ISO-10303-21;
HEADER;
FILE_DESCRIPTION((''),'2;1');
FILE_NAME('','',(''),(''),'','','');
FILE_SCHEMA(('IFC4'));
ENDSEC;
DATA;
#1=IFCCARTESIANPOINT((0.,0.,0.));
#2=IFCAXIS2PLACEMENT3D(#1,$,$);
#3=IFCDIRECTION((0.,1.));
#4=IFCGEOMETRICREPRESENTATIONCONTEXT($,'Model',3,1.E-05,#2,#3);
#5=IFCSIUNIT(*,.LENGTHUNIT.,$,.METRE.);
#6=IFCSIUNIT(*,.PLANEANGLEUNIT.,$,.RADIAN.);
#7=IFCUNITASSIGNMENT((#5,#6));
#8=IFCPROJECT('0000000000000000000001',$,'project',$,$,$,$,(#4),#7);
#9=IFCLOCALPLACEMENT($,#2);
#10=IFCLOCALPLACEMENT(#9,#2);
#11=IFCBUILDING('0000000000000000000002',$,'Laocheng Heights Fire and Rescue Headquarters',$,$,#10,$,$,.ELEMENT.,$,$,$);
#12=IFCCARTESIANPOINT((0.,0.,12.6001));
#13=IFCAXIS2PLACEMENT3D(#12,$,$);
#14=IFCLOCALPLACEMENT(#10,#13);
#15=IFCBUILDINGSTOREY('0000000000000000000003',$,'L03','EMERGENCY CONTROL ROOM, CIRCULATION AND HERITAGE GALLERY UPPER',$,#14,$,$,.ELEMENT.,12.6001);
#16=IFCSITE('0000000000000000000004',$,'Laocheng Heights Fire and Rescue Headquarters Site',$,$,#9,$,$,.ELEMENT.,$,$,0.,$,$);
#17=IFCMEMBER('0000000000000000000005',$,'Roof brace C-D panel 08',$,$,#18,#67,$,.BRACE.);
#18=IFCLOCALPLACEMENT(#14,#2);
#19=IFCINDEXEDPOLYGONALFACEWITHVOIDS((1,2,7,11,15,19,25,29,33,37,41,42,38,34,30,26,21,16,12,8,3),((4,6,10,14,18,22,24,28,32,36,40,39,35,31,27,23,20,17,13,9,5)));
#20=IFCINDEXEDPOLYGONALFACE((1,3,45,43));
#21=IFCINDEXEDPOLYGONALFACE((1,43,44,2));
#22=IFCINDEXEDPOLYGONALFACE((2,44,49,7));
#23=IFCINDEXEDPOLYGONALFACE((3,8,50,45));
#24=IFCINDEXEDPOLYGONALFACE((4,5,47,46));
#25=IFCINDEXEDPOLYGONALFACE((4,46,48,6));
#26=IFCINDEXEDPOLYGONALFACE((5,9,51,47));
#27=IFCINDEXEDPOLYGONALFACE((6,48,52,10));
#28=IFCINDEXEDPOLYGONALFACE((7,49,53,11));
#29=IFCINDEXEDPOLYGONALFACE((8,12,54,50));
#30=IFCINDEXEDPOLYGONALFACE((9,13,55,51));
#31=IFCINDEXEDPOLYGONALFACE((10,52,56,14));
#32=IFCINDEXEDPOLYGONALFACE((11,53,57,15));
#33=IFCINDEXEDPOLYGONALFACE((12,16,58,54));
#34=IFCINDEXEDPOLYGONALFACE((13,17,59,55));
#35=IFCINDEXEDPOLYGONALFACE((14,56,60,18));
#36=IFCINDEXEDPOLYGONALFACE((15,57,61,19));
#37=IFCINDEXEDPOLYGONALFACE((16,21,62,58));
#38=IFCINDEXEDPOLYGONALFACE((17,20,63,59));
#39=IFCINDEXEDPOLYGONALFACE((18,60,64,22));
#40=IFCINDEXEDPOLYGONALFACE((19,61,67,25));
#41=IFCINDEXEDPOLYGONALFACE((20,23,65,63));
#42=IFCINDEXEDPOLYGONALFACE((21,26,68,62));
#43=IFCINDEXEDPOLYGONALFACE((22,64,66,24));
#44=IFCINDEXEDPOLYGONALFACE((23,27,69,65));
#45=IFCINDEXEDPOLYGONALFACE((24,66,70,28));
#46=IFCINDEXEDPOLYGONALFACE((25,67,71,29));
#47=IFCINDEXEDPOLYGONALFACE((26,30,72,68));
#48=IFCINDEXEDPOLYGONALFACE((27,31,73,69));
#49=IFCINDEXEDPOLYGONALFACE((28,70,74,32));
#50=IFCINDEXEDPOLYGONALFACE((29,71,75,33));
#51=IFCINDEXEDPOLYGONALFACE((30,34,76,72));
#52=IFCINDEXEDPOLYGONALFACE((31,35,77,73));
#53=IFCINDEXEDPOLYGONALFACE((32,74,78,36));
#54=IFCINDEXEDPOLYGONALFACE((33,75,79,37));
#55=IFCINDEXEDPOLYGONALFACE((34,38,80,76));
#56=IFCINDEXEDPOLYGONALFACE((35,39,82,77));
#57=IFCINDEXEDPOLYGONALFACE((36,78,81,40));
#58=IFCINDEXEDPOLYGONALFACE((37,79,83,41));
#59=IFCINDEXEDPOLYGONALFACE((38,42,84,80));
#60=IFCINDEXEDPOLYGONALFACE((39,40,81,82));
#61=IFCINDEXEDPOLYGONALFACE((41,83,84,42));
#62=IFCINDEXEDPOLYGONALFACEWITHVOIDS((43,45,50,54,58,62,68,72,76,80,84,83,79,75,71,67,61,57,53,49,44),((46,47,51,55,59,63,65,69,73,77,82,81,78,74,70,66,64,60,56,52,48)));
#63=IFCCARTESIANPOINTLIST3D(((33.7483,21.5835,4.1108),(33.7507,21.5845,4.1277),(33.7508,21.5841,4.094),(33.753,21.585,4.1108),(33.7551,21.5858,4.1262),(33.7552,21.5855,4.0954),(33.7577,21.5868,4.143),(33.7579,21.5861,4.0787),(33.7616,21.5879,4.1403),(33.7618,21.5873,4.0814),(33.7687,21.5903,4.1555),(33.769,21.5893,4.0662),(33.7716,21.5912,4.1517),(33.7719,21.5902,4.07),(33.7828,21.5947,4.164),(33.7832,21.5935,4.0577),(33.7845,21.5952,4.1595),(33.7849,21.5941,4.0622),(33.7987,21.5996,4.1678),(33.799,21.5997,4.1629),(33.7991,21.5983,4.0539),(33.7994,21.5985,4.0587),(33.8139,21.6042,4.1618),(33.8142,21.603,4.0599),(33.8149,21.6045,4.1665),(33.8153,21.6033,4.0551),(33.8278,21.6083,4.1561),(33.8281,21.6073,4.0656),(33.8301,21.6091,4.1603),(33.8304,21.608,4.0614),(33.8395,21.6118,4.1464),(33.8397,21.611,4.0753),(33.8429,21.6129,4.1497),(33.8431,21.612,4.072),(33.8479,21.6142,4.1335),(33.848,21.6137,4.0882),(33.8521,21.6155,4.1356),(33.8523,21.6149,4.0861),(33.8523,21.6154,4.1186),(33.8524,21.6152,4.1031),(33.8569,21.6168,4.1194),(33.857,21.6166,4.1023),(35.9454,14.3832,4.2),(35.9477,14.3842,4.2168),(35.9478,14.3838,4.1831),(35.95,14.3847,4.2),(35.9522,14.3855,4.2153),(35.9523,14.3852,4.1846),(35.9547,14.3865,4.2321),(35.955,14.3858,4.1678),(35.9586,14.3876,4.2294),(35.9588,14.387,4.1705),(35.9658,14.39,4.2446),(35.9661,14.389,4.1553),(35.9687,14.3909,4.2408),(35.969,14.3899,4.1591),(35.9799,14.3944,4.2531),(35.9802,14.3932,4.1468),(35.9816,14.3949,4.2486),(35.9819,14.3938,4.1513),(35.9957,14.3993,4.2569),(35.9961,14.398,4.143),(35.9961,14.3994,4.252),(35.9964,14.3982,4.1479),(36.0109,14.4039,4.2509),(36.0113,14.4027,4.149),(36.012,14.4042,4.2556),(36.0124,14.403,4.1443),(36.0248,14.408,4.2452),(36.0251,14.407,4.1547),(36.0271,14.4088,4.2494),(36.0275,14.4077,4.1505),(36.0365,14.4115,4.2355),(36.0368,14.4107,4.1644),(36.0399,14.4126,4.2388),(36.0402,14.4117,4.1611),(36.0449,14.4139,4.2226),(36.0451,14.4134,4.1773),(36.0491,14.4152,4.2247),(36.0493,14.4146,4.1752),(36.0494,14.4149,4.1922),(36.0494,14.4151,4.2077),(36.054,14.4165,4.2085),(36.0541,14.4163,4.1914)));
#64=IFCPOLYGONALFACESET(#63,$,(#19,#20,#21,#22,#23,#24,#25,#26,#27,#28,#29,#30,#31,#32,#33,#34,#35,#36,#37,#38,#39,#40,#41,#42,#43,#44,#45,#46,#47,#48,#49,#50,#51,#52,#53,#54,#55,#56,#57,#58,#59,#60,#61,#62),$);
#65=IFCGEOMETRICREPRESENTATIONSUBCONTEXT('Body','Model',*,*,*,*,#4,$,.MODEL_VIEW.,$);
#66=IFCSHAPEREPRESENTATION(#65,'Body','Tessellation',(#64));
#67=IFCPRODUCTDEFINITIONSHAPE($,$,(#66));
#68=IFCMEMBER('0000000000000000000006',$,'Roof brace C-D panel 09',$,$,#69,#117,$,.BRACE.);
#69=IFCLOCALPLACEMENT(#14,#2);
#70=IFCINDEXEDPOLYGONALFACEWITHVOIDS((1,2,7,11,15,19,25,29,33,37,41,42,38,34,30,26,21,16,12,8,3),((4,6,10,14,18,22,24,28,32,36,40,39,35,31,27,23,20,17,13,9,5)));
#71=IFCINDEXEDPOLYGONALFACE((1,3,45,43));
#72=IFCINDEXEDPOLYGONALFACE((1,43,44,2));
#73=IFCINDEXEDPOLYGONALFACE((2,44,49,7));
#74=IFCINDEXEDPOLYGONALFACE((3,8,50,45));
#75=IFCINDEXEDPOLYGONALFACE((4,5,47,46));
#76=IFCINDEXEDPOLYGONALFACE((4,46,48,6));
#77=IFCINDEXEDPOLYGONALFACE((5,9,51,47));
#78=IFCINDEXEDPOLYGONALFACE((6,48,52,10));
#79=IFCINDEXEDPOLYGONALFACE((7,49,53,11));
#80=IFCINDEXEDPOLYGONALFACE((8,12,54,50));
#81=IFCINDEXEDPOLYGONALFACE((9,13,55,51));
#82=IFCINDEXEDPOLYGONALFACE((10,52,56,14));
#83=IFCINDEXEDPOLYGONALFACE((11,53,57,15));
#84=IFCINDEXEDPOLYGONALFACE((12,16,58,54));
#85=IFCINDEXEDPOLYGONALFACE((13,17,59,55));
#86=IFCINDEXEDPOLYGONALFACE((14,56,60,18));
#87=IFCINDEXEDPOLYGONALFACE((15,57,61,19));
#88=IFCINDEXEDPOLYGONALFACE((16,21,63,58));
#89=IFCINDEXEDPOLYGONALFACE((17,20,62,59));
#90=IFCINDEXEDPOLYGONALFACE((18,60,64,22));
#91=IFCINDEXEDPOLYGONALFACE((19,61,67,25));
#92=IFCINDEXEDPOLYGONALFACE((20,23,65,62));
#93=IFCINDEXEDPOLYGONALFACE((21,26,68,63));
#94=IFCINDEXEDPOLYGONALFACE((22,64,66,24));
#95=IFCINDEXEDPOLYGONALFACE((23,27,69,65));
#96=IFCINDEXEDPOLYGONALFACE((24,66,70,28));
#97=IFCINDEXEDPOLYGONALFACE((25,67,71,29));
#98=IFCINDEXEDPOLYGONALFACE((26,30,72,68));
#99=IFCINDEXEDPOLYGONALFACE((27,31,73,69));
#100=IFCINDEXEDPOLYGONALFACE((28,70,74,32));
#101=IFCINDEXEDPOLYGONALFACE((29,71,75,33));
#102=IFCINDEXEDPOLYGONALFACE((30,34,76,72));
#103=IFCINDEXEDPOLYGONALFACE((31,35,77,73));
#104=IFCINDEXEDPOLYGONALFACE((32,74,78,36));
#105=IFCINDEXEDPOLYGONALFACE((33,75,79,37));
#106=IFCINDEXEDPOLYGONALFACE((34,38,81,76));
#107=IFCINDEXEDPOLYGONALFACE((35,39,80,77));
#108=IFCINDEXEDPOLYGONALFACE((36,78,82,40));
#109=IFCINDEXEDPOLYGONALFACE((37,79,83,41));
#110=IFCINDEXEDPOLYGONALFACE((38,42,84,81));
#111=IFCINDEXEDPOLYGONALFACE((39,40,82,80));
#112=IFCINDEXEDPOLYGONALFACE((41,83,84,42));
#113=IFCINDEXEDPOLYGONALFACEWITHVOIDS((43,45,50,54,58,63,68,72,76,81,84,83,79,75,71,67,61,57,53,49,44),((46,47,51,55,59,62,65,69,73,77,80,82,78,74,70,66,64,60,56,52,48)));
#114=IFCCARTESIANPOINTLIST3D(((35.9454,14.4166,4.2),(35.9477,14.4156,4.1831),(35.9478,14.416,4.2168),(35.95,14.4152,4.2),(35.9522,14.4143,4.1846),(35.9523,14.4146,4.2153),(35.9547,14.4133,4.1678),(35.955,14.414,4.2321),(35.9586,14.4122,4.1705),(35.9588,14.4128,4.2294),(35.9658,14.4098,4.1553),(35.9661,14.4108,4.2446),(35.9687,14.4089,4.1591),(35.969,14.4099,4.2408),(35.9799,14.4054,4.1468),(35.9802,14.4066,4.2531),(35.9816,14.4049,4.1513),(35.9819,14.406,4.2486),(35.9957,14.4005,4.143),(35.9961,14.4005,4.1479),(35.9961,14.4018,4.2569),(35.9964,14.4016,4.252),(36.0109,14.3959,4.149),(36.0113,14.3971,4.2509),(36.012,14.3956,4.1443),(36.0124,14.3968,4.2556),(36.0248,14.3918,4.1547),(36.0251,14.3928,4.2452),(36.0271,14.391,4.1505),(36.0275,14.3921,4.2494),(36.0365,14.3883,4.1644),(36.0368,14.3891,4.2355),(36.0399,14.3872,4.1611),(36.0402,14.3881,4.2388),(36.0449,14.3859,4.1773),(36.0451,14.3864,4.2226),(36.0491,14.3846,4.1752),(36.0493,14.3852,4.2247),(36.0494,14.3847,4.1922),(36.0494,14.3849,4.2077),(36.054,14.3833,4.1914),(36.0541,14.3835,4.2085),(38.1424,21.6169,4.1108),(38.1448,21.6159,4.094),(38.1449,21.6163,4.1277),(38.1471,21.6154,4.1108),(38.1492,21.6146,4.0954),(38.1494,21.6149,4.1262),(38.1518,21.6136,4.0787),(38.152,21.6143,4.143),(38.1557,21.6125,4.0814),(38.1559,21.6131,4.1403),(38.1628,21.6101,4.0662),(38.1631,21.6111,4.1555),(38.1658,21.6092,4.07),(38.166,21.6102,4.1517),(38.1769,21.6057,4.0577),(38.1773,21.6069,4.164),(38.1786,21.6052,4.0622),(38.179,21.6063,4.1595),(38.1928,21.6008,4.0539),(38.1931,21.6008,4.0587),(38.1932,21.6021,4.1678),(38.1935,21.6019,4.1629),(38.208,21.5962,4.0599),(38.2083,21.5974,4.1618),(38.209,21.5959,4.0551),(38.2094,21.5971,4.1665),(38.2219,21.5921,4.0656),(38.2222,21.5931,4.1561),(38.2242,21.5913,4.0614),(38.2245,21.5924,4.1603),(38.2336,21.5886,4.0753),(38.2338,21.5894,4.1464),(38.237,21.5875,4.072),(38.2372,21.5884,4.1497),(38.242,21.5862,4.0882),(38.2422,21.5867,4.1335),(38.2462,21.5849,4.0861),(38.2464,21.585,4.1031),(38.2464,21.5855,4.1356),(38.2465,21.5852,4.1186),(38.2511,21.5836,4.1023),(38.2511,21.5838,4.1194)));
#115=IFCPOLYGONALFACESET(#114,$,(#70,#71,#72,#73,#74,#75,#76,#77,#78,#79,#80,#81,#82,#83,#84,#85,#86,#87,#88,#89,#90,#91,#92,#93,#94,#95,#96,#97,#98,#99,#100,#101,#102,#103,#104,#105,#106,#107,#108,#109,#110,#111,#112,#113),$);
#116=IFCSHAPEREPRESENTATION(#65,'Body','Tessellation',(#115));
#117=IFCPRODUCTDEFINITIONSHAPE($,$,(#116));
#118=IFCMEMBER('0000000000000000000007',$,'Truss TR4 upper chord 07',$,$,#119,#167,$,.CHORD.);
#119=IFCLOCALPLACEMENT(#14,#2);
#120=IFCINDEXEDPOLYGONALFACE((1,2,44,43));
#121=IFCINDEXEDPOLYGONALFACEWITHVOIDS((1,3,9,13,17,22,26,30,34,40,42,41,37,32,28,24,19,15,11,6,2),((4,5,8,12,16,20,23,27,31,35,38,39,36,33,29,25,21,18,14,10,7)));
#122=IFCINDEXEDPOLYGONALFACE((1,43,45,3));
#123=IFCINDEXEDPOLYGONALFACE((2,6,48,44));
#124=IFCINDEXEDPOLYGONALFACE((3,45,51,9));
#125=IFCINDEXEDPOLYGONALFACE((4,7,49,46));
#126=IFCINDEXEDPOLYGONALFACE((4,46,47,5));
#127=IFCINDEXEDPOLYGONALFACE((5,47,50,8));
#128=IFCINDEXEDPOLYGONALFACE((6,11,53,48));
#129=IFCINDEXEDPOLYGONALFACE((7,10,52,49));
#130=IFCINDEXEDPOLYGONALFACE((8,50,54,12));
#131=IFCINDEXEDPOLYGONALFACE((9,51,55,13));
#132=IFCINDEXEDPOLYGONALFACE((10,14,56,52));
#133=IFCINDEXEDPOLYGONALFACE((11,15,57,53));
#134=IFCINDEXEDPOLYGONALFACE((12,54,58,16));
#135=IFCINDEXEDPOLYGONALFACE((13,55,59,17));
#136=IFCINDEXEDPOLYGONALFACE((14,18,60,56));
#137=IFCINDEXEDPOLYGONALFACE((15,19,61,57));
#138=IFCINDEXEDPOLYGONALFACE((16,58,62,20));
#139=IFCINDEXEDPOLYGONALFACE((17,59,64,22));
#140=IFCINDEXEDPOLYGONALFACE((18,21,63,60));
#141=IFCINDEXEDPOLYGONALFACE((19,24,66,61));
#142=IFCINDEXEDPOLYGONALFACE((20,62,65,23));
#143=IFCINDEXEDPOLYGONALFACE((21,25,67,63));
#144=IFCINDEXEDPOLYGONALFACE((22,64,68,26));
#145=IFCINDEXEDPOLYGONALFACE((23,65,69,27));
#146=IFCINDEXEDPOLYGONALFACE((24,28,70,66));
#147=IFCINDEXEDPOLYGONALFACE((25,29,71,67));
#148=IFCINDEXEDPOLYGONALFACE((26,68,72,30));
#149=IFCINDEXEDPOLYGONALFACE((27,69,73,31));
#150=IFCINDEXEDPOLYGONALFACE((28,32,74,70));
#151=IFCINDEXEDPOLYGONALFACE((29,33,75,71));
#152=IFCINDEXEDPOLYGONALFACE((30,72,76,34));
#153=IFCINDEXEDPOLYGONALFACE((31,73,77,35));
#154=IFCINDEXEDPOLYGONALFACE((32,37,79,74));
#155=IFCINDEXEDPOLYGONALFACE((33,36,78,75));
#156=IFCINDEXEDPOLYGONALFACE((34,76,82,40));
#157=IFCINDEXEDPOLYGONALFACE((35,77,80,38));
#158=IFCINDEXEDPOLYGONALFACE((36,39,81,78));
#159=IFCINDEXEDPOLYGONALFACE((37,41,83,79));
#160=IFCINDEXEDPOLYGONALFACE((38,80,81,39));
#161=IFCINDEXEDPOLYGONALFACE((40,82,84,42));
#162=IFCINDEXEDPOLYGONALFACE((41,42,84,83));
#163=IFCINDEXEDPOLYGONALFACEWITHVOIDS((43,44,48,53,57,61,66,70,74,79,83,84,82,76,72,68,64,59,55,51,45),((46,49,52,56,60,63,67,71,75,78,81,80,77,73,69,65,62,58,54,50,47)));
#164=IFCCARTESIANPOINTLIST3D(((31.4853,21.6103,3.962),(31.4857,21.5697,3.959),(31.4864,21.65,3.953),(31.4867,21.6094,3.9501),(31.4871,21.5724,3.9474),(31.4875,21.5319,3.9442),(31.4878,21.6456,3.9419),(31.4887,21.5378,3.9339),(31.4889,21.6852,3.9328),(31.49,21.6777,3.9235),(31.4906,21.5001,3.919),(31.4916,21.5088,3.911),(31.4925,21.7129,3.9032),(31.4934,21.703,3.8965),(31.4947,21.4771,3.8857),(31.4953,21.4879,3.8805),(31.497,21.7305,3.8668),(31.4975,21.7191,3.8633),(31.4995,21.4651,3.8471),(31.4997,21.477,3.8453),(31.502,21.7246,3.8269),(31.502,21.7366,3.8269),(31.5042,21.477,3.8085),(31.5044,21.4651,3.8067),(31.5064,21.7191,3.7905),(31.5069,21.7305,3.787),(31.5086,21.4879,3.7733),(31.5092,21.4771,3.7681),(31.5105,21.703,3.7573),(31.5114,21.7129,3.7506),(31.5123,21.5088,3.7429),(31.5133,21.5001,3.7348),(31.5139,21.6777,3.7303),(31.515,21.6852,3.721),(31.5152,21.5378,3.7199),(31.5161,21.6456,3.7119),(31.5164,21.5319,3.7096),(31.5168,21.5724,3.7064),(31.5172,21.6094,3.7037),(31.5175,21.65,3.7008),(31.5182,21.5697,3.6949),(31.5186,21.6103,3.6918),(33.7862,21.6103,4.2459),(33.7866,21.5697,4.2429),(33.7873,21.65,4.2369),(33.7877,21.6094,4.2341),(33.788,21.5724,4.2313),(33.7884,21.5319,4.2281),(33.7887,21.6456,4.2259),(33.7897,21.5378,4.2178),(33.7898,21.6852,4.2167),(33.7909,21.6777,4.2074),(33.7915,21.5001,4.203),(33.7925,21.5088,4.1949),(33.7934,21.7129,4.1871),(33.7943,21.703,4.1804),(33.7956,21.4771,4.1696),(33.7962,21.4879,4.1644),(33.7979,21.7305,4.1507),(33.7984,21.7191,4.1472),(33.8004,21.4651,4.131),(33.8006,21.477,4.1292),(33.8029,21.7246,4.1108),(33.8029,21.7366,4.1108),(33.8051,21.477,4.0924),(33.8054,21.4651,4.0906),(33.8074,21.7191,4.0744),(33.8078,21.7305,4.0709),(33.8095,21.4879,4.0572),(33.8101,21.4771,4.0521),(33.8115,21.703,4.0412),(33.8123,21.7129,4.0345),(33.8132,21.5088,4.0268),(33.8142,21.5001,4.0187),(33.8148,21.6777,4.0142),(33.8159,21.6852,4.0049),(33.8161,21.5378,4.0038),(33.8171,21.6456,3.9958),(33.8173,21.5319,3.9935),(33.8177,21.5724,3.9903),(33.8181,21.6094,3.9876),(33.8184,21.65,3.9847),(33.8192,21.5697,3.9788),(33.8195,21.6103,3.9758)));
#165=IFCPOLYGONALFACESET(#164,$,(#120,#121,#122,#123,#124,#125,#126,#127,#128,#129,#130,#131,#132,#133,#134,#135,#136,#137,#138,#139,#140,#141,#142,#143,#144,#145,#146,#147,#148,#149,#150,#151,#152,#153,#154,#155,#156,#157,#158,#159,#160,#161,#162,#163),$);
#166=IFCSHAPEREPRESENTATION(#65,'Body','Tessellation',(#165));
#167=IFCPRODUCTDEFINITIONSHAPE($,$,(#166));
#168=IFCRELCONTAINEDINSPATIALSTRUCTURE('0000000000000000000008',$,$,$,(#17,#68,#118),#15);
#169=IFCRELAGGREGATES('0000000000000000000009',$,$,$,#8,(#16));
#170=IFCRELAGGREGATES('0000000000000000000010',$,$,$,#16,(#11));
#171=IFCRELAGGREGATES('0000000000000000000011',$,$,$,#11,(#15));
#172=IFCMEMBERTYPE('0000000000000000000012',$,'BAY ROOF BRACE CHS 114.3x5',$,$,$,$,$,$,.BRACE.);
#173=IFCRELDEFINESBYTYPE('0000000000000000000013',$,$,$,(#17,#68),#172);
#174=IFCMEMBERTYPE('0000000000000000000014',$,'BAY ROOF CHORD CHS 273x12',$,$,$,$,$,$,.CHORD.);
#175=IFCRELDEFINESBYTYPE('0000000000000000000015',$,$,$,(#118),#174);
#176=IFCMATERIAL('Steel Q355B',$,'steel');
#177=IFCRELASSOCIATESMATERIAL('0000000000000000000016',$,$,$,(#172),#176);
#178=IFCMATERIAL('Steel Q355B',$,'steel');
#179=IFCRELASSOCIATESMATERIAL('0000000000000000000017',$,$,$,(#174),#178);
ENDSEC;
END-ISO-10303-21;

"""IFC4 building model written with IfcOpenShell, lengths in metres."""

from ifc_helpers import new_model, si_unit, direction, frame, origin, origin_2d, place, context, subcontext, project, spatial, hollow_circle, extrude, material, material_profile, profile_set, type_object, element, save


model = new_model("IFC4")

# Units and contexts
model_context = context("Model", 3, precision=1e-05, world=origin(), true_north=direction((0.0, 1.0)))
body_context = subcontext(model_context, "Body", "Model", "MODEL_VIEW")
ifc_project = project(units=[si_unit("LENGTHUNIT", "METRE"), si_unit("PLANEANGLEUNIT", "RADIAN")], contexts=[model_context])

# Site, building, storey
site_placement = place(None, origin())
site = spatial("IfcSite", under=ifc_project, at=site_placement, Name="Laocheng Heights Fire and Rescue Headquarters Site", CompositionType="ELEMENT", RefElevation=0.0)
building_placement = place(site_placement, origin())
building = spatial("IfcBuilding", under=site, at=building_placement, Name="Laocheng Heights Fire and Rescue Headquarters", CompositionType="ELEMENT")
storey_placement = place(building_placement, frame((0.0, 0.0, 12.6001)))
storey = spatial("IfcBuildingStorey", under=building, at=storey_placement, Name="L03", Description="EMERGENCY CONTROL ROOM, CIRCULATION AND HERITAGE GALLERY UPPER", CompositionType="ELEMENT", Elevation=12.6001)

# Members
ifc_material_1 = material(Name="Steel Q355B", Category="steel")
ifc_material_profile_1 = material_profile(ifc_material_1, hollow_circle(Radius=0.0571, WallThickness=0.0049, at=origin_2d()), Name="CHS 114.3x5")
ifc_profile_set_1 = profile_set([ifc_material_profile_1], Name="Steel Q355B")
member_type_1 = type_object("IfcMemberType", Name="BAY ROOF BRACE CHS 114.3x5", PredefinedType="BRACE", material=ifc_profile_set_1)
for number, where, z_axis, x_axis, name in (
    (1, (36.0, 14.3999, 4.2), (-0.291829, 0.956397, -0.011837), (-0.956464, -0.291849, 0.0), "Roof brace C-D panel 08"),
    (2, (36.0, 14.3999, 4.2), (0.291829, 0.956397, -0.011837), (-0.956464, 0.291849, 0.0), "Roof brace C-D panel 09"),
):
    element("IfcMember", number, at=place(storey_placement, frame(where, z_axis=z_axis, x_axis=x_axis)), inside=storey, type_object=member_type_1, Name=name, PredefinedType="BRACE", context=body_context, shape_type="SweptSolid", body=[
        extrude(hollow_circle(Radius=0.0571, WallThickness=0.0049, at=origin_2d()), origin(), (0.0, 0.0, 1.0), 7.5286),
    ])
ifc_material_2 = material(Name="Steel Q355B", Category="steel")
ifc_material_profile_2 = material_profile(ifc_material_2, hollow_circle(Radius=0.1365, WallThickness=0.012, at=origin_2d()), Name="CHS 273x12")
ifc_profile_set_2 = profile_set([ifc_material_profile_2], Name="Steel Q355B")
member_type_2 = type_object("IfcMemberType", Name="BAY ROOF CHORD CHS 273x12", PredefinedType="CHORD", material=ifc_profile_set_2)
member_1_placement = place(storey_placement, frame((31.502, 21.6001, 3.8269), z_axis=(0.992473, 0.0, 0.122466), x_axis=(0.0, 1.0, 0.0)))
element("IfcMember", 3, at=member_1_placement, inside=storey, type_object=member_type_2, Name="Truss TR4 upper chord 07", PredefinedType="CHORD", context=body_context, shape_type="SweptSolid", body=[
    extrude(hollow_circle(Radius=0.1365, WallThickness=0.012, at=origin_2d()), origin(), (0.0, 0.0, 1.0), 2.3184),
])

save(model, "model.ifc")
